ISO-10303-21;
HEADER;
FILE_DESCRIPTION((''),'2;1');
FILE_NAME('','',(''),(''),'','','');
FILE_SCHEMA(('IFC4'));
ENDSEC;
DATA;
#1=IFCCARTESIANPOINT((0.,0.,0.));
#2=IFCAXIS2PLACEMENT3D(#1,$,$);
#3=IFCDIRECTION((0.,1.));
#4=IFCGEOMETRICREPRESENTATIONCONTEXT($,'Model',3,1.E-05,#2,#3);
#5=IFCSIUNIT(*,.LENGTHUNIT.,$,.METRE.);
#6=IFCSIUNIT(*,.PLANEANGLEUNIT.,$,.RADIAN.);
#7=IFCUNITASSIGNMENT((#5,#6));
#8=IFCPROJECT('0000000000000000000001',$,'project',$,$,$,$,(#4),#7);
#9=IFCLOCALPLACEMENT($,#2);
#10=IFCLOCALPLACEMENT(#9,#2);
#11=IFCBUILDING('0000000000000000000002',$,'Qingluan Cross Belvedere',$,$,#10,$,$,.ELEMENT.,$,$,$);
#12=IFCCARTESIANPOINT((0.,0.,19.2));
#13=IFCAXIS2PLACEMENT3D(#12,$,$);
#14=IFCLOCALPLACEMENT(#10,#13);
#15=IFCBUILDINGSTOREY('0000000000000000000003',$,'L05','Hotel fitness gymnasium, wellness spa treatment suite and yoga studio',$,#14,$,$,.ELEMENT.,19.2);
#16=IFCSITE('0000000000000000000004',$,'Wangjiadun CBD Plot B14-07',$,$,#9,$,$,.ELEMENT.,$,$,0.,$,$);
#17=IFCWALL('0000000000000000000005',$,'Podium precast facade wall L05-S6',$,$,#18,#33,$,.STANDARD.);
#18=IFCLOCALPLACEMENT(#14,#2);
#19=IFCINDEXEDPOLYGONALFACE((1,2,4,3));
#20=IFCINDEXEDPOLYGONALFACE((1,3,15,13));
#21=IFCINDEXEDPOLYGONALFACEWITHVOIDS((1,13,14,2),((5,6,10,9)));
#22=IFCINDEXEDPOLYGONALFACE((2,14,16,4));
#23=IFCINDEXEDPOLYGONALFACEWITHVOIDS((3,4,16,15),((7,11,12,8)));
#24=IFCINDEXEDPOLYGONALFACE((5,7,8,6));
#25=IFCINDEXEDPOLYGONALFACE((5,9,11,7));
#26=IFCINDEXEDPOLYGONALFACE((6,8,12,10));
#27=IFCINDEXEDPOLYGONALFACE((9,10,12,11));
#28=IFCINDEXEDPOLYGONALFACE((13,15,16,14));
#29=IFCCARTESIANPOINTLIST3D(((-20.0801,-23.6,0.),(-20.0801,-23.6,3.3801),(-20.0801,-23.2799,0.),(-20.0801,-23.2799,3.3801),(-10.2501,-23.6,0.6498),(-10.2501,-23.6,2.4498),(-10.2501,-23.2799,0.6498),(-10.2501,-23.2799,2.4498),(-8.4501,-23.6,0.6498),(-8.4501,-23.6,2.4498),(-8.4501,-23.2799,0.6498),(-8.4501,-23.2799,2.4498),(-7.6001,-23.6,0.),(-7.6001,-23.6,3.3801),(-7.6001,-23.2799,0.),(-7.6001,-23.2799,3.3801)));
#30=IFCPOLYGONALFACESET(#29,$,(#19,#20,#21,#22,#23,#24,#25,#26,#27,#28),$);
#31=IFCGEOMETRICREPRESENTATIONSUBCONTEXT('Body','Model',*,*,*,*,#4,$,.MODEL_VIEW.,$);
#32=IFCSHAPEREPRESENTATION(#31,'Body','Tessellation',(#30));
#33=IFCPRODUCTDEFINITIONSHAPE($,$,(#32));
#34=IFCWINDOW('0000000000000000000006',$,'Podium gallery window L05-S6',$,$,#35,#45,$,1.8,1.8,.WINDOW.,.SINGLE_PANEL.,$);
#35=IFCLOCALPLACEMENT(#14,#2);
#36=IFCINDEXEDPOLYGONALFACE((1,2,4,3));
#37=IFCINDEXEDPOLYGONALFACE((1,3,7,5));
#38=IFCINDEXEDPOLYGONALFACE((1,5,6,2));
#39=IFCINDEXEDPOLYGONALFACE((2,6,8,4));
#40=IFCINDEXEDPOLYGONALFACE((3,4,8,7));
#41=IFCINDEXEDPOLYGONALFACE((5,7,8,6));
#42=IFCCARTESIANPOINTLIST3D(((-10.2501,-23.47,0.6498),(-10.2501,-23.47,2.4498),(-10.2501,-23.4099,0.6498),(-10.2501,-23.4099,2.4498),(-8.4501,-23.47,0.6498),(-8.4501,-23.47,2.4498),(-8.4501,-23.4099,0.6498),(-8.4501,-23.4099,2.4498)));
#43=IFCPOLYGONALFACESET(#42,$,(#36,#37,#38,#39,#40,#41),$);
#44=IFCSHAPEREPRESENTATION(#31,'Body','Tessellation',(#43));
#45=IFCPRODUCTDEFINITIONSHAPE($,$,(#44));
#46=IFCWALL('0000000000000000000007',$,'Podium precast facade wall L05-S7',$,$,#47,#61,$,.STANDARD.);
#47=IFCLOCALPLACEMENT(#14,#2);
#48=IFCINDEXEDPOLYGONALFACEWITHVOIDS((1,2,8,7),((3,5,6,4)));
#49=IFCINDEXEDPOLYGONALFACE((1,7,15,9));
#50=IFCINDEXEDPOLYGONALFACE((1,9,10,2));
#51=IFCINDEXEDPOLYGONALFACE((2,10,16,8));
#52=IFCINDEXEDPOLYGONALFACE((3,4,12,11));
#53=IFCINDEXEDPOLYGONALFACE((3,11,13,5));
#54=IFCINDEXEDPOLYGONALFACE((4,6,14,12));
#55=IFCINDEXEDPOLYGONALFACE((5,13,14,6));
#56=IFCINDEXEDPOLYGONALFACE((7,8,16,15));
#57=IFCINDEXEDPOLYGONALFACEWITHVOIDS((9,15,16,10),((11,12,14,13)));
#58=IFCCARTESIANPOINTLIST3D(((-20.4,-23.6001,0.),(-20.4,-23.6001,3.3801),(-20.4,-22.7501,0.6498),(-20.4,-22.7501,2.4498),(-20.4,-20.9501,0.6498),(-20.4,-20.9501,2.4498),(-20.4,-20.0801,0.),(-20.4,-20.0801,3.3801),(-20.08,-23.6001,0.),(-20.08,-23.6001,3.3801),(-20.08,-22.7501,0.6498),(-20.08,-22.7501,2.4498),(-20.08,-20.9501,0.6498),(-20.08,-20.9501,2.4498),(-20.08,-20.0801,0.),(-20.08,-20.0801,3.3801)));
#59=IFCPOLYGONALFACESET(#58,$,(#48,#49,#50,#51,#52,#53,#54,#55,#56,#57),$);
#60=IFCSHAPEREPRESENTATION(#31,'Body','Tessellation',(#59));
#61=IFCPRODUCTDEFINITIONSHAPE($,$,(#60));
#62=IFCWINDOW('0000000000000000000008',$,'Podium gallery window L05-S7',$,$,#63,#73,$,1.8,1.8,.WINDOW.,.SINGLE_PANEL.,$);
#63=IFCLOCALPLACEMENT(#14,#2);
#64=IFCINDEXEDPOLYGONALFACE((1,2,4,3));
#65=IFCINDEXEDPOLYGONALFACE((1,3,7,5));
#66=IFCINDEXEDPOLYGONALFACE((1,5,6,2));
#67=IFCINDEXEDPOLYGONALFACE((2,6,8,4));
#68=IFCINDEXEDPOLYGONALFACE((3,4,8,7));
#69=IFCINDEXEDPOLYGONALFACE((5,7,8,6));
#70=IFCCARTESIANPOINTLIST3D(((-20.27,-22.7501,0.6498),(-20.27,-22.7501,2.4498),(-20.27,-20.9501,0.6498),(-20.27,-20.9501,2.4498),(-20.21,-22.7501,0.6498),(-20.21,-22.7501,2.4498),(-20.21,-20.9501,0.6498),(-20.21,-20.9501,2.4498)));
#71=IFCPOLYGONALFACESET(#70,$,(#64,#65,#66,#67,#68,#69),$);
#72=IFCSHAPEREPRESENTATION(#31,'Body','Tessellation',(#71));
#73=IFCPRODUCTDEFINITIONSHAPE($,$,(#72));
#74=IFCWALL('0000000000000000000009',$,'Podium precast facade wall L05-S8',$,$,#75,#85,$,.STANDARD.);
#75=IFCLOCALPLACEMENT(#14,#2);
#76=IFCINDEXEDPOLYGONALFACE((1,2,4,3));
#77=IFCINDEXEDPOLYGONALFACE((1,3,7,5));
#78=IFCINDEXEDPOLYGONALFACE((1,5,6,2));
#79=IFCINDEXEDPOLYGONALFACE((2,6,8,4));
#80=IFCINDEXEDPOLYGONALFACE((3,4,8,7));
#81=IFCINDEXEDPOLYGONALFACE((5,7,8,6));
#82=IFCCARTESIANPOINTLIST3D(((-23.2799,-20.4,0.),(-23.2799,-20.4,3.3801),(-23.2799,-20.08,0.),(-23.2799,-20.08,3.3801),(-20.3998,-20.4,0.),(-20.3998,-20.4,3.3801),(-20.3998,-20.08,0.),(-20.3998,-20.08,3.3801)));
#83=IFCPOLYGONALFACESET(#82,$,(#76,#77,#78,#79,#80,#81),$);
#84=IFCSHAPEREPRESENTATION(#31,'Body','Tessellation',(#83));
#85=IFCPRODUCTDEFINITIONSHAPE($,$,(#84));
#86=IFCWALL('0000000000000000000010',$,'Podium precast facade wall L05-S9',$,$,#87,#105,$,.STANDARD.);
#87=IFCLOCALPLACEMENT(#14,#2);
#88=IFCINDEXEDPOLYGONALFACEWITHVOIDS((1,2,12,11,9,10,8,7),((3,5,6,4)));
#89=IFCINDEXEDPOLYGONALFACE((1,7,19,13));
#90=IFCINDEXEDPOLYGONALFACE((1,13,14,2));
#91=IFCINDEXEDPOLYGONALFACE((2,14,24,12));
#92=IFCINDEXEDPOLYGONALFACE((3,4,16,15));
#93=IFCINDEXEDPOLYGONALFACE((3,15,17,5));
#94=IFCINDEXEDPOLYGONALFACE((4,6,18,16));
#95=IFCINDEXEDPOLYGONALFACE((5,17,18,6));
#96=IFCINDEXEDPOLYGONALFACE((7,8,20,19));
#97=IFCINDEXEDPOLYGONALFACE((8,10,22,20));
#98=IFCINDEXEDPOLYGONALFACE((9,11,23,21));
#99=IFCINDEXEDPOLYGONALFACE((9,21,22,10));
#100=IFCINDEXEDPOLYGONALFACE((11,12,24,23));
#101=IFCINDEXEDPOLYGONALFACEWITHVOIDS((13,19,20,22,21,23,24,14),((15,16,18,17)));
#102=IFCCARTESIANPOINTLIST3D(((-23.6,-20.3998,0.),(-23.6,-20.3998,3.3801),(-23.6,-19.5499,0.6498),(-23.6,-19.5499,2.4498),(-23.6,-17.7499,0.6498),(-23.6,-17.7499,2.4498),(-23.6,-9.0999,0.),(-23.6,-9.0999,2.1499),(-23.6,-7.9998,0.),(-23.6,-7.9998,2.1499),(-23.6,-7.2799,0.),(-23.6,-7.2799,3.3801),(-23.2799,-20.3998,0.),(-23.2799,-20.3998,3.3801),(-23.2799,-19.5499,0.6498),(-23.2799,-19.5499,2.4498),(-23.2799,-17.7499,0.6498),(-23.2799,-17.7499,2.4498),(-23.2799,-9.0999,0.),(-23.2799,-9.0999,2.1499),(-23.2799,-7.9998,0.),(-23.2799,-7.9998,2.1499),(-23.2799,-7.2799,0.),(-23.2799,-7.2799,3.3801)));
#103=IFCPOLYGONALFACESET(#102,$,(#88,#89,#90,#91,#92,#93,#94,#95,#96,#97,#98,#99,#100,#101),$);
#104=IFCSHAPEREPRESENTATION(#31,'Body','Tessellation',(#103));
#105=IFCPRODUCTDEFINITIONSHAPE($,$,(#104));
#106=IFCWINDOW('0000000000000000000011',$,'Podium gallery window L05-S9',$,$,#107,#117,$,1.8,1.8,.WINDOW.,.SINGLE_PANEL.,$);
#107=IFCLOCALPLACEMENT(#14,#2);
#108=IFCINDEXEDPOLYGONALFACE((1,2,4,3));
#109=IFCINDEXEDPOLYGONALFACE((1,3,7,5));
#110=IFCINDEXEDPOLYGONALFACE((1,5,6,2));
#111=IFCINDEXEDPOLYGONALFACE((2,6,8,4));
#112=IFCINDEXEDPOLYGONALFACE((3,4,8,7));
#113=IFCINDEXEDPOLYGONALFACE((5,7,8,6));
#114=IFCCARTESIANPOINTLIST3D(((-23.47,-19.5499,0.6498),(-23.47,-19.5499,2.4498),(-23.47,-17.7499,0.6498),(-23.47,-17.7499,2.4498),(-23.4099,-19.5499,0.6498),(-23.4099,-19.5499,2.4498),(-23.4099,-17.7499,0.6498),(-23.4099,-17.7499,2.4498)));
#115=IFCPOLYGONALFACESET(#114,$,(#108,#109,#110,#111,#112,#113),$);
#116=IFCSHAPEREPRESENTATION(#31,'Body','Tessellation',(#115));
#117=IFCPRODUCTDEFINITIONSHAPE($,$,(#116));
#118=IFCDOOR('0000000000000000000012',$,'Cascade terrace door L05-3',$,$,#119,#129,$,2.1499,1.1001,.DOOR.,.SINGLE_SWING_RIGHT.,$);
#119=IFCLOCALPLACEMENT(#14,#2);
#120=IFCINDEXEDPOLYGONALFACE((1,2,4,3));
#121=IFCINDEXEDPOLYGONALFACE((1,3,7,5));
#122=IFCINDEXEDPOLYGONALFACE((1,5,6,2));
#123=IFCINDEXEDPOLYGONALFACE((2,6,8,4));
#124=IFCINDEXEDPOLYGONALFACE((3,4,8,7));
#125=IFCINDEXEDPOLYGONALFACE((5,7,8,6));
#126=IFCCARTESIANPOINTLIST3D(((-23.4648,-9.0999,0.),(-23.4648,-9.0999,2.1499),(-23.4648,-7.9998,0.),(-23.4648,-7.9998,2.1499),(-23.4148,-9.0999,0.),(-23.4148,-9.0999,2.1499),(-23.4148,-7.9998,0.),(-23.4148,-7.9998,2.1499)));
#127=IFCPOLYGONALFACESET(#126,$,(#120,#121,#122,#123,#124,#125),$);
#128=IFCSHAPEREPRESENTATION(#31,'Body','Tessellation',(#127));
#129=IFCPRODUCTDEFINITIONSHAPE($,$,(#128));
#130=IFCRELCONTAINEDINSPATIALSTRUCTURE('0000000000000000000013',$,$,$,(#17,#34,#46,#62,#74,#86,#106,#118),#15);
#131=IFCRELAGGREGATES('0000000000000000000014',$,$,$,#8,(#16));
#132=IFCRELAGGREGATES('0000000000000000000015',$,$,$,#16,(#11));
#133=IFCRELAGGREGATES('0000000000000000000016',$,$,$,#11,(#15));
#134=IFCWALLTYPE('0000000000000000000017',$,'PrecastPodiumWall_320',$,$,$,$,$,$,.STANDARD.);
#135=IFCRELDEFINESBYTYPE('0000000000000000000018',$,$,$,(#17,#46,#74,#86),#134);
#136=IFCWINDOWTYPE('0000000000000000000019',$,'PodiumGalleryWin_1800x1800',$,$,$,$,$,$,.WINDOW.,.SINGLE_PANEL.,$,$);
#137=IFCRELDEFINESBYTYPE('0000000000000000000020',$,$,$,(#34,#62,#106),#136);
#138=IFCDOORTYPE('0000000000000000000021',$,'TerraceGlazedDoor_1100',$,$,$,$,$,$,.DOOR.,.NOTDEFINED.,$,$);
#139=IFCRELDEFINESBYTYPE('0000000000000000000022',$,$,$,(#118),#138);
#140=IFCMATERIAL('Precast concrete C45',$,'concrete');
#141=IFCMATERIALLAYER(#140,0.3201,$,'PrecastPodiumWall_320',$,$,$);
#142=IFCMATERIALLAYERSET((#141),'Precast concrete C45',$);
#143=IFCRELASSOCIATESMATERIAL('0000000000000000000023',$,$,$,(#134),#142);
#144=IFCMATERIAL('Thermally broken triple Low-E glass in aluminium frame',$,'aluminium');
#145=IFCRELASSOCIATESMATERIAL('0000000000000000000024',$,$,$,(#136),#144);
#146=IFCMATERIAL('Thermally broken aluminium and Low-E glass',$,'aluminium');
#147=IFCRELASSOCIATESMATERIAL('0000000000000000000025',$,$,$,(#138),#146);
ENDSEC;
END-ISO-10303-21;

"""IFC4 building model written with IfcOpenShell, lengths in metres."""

from ifc_helpers import new_model, si_unit, direction, frame, frame_2d, origin, place, context, subcontext, project, spatial, rectangle, extrude, material, layer, layer_set, type_object, element, fill, save


model = new_model("IFC4")

# Units and contexts
model_context = context("Model", 3, precision=1e-05, world=origin(), true_north=direction((0.0, 1.0)))
body_context = subcontext(model_context, "Body", "Model", "MODEL_VIEW")
ifc_project = project(units=[si_unit("LENGTHUNIT", "METRE"), si_unit("PLANEANGLEUNIT", "RADIAN")], contexts=[model_context])

# Site, building, storey
site_placement = place(None, origin())
site = spatial("IfcSite", under=ifc_project, at=site_placement, Name="Wangjiadun CBD Plot B14-07", CompositionType="ELEMENT", RefElevation=0.0)
building_placement = place(site_placement, origin())
building = spatial("IfcBuilding", under=site, at=building_placement, Name="Qingluan Cross Belvedere", CompositionType="ELEMENT")
storey_placement = place(building_placement, frame((0.0, 0.0, 19.2)))
storey = spatial("IfcBuildingStorey", under=building, at=storey_placement, Name="L05", Description="Hotel fitness gymnasium, wellness spa treatment suite and yoga studio", CompositionType="ELEMENT", Elevation=19.2)

# Shared definitions
ifc_material_1 = material(Name="Precast concrete C45", Category="concrete")
ifc_layer_1 = layer(ifc_material_1, 0.3201, Name="PrecastPodiumWall_320")
ifc_layer_set_1 = layer_set([ifc_layer_1], Name="Precast concrete C45")
wall_type = type_object("IfcWallType", Name="PrecastPodiumWall_320", PredefinedType="STANDARD", material=ifc_layer_set_1)

# Walls, openings, windows
ifc_material_2 = material(Name="Thermally broken triple Low-E glass in aluminium frame", Category="aluminium")
window_type = type_object("IfcWindowType", Name="PodiumGalleryWin_1800x1800", PartitioningType="SINGLE_PANEL", PredefinedType="WINDOW", material=ifc_material_2)
wall_1_placement = place(storey_placement, frame((-7.6001, -23.4399, 0.0), z_axis=(0.0, 0.0, 1.0), x_axis=(-1.0, 0.0, 0.0)))
wall_1 = element("IfcWall", 1, at=wall_1_placement, inside=storey, type_object=wall_type, Name="Podium precast facade wall L05-S6", PredefinedType="STANDARD", context=body_context, shape_type="SweptSolid", body=[
    extrude(rectangle(XDim=12.48, YDim=0.3201, at=frame_2d((6.24, 0.0))), origin(), (0.0, 0.0, 1.0), 3.3801),
])
opening_1_placement = place(wall_1_placement, frame((0.8501, 0.0, 0.6499)))
opening_1 = element("IfcOpeningElement", 2, at=opening_1_placement, cuts=wall_1, PredefinedType="OPENING", context=body_context, shape_type="SweptSolid", body=[
    extrude(rectangle(XDim=1.8, YDim=1.8, at=frame_2d((0.8999, 0.8999))), frame((0.0, 0.1699, 0.0), z_axis=(0.0, -1.0, 0.0), x_axis=(1.0, 0.0, 0.0)), (0.0, 0.0, 1.0), 0.3401),
])
window_1_placement = place(opening_1_placement, origin())
window_1 = element("IfcWindow", 3, at=window_1_placement, inside=storey, type_object=window_type, Name="Podium gallery window L05-S6", OverallHeight=1.8, OverallWidth=1.8, PartitioningType="SINGLE_PANEL", PredefinedType="WINDOW", context=body_context, shape_type="SweptSolid", body=[
    extrude(rectangle(XDim=1.8, YDim=1.8, at=frame_2d((0.8999, 0.8999))), frame((0.0, 0.03, 0.0), z_axis=(0.0, -1.0, 0.0), x_axis=(1.0, 0.0, 0.0)), (0.0, 0.0, 1.0), 0.0601),
])
fill(opening_1, window_1)
wall_2_placement = place(storey_placement, frame((-20.24, -23.6001, 0.0), z_axis=(0.0, 0.0, 1.0), x_axis=(0.0, 1.0, 0.0)))
wall_2 = element("IfcWall", 4, at=wall_2_placement, inside=storey, type_object=wall_type, Name="Podium precast facade wall L05-S7", PredefinedType="STANDARD", context=body_context, shape_type="SweptSolid", body=[
    extrude(rectangle(XDim=3.52, YDim=0.3201, at=frame_2d((1.76, 0.0))), origin(), (0.0, 0.0, 1.0), 3.3801),
])
opening_2_placement = place(wall_2_placement, frame((0.8501, 0.0, 0.6499)))
opening_2 = element("IfcOpeningElement", 5, at=opening_2_placement, cuts=wall_2, PredefinedType="OPENING", context=body_context, shape_type="SweptSolid", body=[
    extrude(rectangle(XDim=1.8, YDim=1.8, at=frame_2d((0.8999, 0.8999))), frame((0.0, 0.1699, 0.0), z_axis=(0.0, -1.0, 0.0), x_axis=(1.0, 0.0, 0.0)), (0.0, 0.0, 1.0), 0.3401),
])
window_2_placement = place(opening_2_placement, origin())
window_2 = element("IfcWindow", 6, at=window_2_placement, inside=storey, type_object=window_type, Name="Podium gallery window L05-S7", OverallHeight=1.8, OverallWidth=1.8, PartitioningType="SINGLE_PANEL", PredefinedType="WINDOW", context=body_context, shape_type="SweptSolid", body=[
    extrude(rectangle(XDim=1.8, YDim=1.8, at=frame_2d((0.8999, 0.8999))), frame((0.0, 0.03, 0.0), z_axis=(0.0, -1.0, 0.0), x_axis=(1.0, 0.0, 0.0)), (0.0, 0.0, 1.0), 0.0601),
])
fill(opening_2, window_2)

# Wall
wall_3_placement = place(storey_placement, frame((-20.3999, -20.24, 0.0), z_axis=(0.0, 0.0, 1.0), x_axis=(-1.0, 0.0, 0.0)))
element("IfcWall", 7, at=wall_3_placement, inside=storey, type_object=wall_type, Name="Podium precast facade wall L05-S8", PredefinedType="STANDARD", context=body_context, shape_type="SweptSolid", body=[
    extrude(rectangle(XDim=2.8801, YDim=0.3201, at=frame_2d((1.4399, 0.0))), origin(), (0.0, 0.0, 1.0), 3.3801),
])

# Wall, openings, window, door
wall_4_placement = place(storey_placement, frame((-23.4399, -20.3999, 0.0), z_axis=(0.0, 0.0, 1.0), x_axis=(0.0, 1.0, 0.0)))
wall_4 = element("IfcWall", 8, at=wall_4_placement, inside=storey, type_object=wall_type, Name="Podium precast facade wall L05-S9", PredefinedType="STANDARD", context=body_context, shape_type="SweptSolid", body=[
    extrude(rectangle(XDim=13.1199, YDim=0.3201, at=frame_2d((6.5601, 0.0))), origin(), (0.0, 0.0, 1.0), 3.3801),
])
opening_3_placement = place(wall_4_placement, frame((0.8501, 0.0, 0.6499)))
opening_3 = element("IfcOpeningElement", 9, at=opening_3_placement, cuts=wall_4, PredefinedType="OPENING", context=body_context, shape_type="SweptSolid", body=[
    extrude(rectangle(XDim=1.8, YDim=1.8, at=frame_2d((0.8999, 0.8999))), frame((0.0, 0.1699, 0.0), z_axis=(0.0, -1.0, 0.0), x_axis=(1.0, 0.0, 0.0)), (0.0, 0.0, 1.0), 0.3401),
])
opening_4_placement = place(wall_4_placement, frame((11.3, 0.0, 0.0)))
opening_4 = element("IfcOpeningElement", 10, at=opening_4_placement, cuts=wall_4, PredefinedType="OPENING", context=body_context, shape_type="SweptSolid", body=[
    extrude(rectangle(XDim=1.1001, YDim=2.1499, at=frame_2d((0.55, 1.075))), frame((0.0, 0.1699, 0.0), z_axis=(0.0, -1.0, 0.0), x_axis=(1.0, 0.0, 0.0)), (0.0, 0.0, 1.0), 0.3401),
])
window_3_placement = place(opening_3_placement, origin())
window_3 = element("IfcWindow", 11, at=window_3_placement, inside=storey, type_object=window_type, Name="Podium gallery window L05-S9", OverallHeight=1.8, OverallWidth=1.8, PartitioningType="SINGLE_PANEL", PredefinedType="WINDOW", context=body_context, shape_type="SweptSolid", body=[
    extrude(rectangle(XDim=1.8, YDim=1.8, at=frame_2d((0.8999, 0.8999))), frame((0.0, 0.03, 0.0), z_axis=(0.0, -1.0, 0.0), x_axis=(1.0, 0.0, 0.0)), (0.0, 0.0, 1.0), 0.0601),
])
fill(opening_3, window_3)
ifc_material_3 = material(Name="Thermally broken aluminium and Low-E glass", Category="aluminium")
door_type = type_object("IfcDoorType", Name="TerraceGlazedDoor_1100", OperationType="NOTDEFINED", PredefinedType="DOOR", material=ifc_material_3)
door_placement = place(opening_4_placement, origin())
door = element("IfcDoor", 12, at=door_placement, inside=storey, type_object=door_type, Name="Cascade terrace door L05-3", OperationType="SINGLE_SWING_RIGHT", OverallHeight=2.1499, OverallWidth=1.1001, PredefinedType="DOOR", context=body_context, shape_type="SweptSolid", body=[
    extrude(rectangle(XDim=1.1001, YDim=2.1499, at=frame_2d((0.55, 1.075))), frame((0.0, 0.0249, 0.0), z_axis=(0.0, -1.0, 0.0), x_axis=(1.0, 0.0, 0.0)), (0.0, 0.0, 1.0), 0.05),
])
fill(opening_4, door)

save(model, "model.ifc")
